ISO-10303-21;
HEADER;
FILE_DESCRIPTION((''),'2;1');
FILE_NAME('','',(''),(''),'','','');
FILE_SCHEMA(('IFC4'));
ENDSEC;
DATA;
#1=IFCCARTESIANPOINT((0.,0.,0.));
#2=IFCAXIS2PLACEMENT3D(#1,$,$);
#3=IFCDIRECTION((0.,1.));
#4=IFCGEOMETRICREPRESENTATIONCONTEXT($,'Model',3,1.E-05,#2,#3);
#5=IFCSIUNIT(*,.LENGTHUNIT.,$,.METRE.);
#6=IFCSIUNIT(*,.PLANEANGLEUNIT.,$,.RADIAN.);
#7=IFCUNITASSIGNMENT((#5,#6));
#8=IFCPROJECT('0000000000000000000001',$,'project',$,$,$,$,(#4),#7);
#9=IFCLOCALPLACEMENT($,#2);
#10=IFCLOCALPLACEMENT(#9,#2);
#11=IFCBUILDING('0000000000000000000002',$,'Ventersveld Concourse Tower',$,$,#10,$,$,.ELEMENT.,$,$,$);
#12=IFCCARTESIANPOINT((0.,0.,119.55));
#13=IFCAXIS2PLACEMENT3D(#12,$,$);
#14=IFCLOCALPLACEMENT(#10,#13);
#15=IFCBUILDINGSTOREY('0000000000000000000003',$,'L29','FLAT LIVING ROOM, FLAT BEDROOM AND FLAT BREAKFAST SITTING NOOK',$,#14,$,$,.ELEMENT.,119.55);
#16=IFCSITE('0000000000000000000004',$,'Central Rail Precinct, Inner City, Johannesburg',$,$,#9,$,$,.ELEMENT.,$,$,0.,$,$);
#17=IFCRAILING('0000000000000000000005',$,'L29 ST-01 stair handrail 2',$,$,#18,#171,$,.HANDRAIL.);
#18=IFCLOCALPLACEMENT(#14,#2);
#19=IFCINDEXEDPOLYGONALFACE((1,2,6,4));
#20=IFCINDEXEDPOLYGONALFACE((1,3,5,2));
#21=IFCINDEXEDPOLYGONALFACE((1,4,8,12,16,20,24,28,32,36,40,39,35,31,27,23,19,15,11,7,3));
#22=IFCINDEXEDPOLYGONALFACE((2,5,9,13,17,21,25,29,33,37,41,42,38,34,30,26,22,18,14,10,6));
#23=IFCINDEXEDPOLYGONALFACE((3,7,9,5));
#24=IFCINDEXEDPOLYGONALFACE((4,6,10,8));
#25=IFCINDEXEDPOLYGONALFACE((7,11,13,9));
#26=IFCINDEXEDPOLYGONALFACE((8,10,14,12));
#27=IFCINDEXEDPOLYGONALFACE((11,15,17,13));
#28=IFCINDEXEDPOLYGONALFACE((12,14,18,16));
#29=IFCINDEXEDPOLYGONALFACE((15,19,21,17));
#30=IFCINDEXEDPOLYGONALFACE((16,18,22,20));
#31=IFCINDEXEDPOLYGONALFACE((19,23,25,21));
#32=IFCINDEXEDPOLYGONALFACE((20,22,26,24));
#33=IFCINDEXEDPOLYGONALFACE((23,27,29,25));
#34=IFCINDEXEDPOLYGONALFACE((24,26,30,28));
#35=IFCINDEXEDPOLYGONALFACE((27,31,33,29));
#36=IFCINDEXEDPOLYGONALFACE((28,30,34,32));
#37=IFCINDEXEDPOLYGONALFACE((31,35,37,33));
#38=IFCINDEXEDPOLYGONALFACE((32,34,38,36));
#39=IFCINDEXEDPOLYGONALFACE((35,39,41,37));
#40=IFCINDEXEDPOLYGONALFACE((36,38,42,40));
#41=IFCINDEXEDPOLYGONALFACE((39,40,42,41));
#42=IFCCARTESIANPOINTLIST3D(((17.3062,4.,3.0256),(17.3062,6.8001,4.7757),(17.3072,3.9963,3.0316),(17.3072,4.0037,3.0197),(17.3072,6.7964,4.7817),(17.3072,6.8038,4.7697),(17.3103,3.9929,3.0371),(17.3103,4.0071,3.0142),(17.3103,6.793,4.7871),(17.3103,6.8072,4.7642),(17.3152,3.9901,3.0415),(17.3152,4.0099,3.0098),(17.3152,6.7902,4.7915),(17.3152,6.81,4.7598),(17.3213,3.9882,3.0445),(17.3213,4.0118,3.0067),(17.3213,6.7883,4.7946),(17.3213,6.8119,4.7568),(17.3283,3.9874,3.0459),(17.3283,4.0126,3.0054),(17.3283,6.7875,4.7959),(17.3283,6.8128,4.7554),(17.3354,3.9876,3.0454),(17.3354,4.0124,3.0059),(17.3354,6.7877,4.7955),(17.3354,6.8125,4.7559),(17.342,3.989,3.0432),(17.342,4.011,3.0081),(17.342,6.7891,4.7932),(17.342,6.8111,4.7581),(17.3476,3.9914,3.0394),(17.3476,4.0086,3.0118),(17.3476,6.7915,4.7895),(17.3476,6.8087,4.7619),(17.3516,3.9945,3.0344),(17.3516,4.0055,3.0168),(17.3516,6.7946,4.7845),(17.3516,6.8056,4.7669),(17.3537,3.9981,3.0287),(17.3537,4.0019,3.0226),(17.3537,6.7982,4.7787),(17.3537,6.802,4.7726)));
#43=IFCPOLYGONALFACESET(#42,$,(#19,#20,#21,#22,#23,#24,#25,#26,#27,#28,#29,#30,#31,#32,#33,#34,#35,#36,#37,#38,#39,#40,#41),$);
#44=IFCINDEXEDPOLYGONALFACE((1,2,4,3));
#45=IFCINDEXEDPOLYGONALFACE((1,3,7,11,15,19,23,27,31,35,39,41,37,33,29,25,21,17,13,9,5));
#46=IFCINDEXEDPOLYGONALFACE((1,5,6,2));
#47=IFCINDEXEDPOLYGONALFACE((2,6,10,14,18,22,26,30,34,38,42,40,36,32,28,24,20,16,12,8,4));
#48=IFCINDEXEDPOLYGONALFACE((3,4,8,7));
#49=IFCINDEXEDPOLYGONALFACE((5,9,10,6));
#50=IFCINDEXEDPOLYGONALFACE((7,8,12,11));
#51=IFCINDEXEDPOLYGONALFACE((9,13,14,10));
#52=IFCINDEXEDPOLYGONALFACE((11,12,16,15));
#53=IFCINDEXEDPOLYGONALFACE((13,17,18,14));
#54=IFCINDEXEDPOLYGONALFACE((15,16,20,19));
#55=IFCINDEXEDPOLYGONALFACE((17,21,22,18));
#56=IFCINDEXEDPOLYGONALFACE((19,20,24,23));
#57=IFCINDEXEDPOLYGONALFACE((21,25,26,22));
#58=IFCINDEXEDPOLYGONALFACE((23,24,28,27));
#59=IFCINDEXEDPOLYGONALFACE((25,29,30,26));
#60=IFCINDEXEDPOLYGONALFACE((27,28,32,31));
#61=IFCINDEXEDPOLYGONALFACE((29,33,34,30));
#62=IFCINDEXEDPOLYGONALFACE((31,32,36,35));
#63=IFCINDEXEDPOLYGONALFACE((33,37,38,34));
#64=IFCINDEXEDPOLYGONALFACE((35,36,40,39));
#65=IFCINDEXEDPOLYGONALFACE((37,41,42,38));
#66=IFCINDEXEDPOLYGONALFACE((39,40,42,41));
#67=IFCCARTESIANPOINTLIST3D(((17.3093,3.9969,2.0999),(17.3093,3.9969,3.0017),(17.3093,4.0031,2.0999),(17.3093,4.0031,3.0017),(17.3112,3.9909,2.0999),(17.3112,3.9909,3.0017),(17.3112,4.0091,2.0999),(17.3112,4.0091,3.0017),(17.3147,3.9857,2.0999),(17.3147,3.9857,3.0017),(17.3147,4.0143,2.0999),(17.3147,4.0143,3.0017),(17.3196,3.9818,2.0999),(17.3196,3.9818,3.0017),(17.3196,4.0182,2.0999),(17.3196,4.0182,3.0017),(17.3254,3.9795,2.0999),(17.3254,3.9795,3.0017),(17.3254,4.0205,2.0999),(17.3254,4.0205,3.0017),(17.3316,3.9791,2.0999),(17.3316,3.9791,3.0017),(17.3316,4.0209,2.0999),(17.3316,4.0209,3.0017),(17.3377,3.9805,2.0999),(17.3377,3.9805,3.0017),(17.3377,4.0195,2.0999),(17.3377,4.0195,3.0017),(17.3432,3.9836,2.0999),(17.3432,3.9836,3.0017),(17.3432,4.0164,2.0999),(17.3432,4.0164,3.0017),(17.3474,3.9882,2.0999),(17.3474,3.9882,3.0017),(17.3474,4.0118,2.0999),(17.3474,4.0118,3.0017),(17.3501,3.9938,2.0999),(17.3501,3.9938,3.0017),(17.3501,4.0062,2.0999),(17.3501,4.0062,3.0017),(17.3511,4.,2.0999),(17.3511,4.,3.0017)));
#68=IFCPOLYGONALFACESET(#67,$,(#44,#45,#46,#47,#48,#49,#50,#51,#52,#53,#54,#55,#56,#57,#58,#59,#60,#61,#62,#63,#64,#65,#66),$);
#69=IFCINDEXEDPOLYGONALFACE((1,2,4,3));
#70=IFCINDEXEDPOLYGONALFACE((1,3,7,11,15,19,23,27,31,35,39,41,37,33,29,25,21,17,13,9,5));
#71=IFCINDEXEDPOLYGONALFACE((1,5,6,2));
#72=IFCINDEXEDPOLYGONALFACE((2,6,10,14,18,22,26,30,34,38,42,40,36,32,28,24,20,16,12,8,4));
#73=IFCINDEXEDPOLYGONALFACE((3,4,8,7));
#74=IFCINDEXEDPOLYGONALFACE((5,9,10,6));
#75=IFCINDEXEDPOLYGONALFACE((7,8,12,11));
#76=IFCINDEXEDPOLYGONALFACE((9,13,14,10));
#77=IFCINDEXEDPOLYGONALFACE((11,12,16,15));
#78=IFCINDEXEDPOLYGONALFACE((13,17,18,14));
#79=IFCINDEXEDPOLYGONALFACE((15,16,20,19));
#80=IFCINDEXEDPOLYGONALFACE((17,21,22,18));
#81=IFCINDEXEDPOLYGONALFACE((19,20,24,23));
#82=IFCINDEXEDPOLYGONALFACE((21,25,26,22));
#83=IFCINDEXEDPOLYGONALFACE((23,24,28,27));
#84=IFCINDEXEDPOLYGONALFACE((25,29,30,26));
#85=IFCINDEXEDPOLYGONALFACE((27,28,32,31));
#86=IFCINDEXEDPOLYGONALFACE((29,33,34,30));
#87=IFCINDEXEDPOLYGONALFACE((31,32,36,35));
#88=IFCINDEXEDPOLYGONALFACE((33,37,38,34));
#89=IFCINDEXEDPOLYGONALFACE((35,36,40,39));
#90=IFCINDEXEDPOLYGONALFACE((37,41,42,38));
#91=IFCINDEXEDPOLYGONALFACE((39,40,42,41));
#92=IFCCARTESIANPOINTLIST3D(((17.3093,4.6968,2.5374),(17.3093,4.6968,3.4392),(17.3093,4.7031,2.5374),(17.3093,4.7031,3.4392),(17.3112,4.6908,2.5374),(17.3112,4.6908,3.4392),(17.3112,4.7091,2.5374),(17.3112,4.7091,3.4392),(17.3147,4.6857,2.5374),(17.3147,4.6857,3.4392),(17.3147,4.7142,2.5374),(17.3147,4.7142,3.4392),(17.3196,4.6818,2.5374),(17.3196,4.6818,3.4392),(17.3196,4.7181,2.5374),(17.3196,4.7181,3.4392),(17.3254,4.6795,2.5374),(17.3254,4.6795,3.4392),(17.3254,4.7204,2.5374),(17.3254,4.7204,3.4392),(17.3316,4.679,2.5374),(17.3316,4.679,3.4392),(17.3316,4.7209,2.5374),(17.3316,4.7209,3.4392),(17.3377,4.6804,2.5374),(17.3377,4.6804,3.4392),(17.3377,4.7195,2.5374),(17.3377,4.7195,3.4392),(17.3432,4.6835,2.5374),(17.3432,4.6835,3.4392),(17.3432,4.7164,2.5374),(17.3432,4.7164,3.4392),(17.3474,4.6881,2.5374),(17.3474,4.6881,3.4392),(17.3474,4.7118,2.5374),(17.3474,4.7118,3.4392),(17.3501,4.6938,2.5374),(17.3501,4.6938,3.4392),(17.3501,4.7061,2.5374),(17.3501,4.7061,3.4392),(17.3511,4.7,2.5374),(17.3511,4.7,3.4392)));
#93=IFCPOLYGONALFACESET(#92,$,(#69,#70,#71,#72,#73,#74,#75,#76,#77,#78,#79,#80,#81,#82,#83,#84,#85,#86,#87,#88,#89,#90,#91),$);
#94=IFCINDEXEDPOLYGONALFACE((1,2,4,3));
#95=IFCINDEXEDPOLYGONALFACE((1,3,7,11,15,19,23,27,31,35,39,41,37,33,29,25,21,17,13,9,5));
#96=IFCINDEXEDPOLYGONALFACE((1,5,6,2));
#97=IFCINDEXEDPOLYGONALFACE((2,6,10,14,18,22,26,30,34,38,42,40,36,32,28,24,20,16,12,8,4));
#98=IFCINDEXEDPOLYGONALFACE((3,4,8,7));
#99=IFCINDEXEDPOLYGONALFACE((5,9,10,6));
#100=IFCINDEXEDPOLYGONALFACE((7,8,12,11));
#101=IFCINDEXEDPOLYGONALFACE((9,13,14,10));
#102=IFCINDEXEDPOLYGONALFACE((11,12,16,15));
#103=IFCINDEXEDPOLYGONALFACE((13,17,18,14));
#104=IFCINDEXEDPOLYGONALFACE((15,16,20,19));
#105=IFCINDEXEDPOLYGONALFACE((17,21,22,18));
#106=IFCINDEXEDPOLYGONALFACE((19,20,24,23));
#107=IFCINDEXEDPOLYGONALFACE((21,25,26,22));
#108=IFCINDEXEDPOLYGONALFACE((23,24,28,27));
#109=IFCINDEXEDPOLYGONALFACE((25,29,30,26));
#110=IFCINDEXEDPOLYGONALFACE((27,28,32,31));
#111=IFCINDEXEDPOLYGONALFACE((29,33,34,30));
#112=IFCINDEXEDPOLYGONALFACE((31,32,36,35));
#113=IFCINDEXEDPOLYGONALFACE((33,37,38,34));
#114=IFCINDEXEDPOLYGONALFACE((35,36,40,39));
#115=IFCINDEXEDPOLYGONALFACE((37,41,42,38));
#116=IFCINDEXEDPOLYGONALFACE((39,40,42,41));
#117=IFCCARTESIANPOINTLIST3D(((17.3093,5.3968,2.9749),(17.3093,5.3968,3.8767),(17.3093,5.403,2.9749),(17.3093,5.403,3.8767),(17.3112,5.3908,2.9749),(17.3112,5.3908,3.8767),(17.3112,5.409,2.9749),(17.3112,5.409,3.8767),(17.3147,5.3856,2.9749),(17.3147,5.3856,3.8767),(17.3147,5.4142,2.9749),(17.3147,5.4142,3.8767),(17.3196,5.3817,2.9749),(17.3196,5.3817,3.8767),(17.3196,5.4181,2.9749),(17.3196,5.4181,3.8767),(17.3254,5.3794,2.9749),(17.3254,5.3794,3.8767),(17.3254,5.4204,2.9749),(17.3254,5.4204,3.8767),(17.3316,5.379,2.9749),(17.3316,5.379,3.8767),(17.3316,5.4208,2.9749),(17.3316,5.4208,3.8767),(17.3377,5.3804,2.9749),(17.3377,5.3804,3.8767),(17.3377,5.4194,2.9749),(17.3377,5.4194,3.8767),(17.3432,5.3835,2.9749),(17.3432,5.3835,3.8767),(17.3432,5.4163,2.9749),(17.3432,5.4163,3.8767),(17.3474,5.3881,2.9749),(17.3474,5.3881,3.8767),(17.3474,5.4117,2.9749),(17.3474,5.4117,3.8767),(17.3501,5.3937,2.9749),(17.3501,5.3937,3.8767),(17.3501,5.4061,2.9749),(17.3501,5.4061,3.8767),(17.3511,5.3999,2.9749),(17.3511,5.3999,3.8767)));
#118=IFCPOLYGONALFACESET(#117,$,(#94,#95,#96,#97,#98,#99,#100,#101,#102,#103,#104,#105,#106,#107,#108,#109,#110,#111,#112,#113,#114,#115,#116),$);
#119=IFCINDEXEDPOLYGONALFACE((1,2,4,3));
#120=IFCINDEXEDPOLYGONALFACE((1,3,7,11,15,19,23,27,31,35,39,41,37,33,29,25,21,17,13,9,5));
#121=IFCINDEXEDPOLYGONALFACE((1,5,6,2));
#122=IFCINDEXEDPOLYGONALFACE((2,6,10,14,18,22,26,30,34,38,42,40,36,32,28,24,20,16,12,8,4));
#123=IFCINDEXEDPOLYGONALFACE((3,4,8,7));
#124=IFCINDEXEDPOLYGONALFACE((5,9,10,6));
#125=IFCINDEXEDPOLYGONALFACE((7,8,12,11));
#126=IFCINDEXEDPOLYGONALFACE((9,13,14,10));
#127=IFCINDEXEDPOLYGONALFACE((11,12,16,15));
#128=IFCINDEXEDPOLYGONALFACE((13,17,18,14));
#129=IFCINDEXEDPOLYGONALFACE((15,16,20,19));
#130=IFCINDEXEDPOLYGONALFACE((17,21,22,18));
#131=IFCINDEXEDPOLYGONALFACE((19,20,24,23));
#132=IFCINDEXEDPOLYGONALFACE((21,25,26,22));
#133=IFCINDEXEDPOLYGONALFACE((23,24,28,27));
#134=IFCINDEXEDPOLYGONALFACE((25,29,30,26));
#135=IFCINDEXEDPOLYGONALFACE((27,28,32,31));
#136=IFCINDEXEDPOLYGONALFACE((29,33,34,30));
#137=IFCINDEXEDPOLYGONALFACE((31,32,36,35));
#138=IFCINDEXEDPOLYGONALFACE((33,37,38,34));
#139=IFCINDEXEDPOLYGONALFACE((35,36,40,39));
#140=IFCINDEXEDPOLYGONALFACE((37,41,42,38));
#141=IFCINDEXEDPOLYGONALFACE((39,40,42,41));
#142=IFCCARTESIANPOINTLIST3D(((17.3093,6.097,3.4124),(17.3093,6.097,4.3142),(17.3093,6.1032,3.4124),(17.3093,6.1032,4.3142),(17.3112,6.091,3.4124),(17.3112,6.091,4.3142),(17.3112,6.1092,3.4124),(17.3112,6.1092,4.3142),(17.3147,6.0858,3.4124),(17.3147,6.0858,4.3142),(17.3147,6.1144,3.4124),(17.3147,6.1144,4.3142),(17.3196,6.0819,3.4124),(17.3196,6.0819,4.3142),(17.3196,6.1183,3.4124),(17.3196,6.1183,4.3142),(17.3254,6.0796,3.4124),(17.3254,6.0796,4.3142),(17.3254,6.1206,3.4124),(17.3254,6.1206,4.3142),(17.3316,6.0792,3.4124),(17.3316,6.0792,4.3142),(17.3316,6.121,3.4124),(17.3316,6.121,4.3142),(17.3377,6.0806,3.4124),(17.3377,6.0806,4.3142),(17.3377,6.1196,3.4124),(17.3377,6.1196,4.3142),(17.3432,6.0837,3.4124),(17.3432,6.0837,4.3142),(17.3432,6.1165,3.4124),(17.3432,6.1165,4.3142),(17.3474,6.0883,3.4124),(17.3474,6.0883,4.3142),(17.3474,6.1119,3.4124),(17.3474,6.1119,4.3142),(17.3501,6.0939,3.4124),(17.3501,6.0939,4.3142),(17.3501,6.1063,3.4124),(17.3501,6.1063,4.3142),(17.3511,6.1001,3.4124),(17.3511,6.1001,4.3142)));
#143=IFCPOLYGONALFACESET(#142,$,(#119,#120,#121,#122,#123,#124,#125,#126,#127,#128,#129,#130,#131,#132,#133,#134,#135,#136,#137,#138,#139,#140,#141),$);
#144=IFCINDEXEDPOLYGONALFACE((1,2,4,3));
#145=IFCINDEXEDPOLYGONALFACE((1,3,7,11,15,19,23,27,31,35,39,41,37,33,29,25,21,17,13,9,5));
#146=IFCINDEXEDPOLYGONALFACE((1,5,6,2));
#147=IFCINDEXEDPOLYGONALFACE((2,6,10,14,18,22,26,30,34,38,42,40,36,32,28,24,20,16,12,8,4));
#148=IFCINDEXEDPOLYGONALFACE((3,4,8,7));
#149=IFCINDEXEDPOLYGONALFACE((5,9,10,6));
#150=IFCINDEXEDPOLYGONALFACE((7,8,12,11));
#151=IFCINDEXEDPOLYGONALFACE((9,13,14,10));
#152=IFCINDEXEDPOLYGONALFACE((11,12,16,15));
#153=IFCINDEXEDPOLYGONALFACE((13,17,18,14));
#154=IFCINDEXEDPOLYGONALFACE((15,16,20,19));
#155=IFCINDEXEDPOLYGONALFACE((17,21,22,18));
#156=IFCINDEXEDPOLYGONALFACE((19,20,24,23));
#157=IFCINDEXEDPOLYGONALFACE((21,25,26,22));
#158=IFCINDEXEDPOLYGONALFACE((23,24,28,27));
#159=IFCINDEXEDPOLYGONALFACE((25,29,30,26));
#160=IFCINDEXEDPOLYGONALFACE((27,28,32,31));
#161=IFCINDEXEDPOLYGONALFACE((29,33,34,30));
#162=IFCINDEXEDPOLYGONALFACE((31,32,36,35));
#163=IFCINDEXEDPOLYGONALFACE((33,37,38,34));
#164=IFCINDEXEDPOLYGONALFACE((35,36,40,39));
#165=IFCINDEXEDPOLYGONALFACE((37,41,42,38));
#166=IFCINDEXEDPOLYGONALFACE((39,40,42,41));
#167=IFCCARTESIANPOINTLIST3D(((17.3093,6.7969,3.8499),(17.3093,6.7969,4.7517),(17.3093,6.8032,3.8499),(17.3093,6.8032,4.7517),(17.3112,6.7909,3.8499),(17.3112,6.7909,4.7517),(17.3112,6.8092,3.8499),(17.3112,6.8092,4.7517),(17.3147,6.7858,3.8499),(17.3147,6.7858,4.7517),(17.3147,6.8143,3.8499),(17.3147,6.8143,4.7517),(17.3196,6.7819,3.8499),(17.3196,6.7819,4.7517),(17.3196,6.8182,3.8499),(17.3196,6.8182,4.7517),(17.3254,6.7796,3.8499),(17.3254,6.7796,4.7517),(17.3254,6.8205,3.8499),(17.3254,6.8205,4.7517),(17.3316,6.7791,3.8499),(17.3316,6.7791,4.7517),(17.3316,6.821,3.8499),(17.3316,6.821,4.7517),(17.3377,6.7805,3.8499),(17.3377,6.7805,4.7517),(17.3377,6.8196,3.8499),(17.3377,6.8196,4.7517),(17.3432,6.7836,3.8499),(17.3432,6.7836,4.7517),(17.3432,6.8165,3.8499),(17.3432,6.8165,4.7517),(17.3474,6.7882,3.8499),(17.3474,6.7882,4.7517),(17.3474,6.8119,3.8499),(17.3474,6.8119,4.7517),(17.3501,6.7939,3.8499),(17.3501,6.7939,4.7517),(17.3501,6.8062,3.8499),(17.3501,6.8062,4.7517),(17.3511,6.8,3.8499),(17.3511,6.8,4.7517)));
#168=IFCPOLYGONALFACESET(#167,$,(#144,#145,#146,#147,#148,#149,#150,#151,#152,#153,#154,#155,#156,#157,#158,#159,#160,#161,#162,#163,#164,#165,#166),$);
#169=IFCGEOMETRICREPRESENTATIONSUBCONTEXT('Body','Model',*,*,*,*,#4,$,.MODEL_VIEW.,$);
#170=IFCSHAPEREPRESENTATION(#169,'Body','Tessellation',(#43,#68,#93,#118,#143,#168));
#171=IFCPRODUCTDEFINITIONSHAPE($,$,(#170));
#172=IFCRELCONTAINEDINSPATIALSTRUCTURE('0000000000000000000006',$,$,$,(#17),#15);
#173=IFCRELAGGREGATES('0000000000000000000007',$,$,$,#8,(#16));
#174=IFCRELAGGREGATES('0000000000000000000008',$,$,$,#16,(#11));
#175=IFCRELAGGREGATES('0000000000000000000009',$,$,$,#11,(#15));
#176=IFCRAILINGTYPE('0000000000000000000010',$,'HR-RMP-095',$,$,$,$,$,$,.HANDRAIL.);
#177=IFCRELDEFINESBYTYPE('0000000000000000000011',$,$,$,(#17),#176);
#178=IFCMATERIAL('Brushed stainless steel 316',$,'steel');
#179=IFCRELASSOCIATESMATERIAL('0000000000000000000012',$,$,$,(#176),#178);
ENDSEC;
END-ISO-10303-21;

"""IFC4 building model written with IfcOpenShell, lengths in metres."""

from ifc_helpers import new_model, si_unit, direction, frame, origin, origin_2d, place, context, subcontext, project, spatial, circle, extrude, material, type_object, element, save


model = new_model("IFC4")

# Units and contexts
model_context = context("Model", 3, precision=1e-05, world=origin(), true_north=direction((0.0, 1.0)))
body_context = subcontext(model_context, "Body", "Model", "MODEL_VIEW")
ifc_project = project(units=[si_unit("LENGTHUNIT", "METRE"), si_unit("PLANEANGLEUNIT", "RADIAN")], contexts=[model_context])

# Site, building, storey
site_placement = place(None, origin())
site = spatial("IfcSite", under=ifc_project, at=site_placement, Name="Central Rail Precinct, Inner City, Johannesburg", CompositionType="ELEMENT", RefElevation=0.0)
building_placement = place(site_placement, origin())
building = spatial("IfcBuilding", under=site, at=building_placement, Name="Ventersveld Concourse Tower", CompositionType="ELEMENT")
storey_placement = place(building_placement, frame((0.0, 0.0, 119.55)))
storey = spatial("IfcBuildingStorey", under=building, at=storey_placement, Name="L29", Description="FLAT LIVING ROOM, FLAT BEDROOM AND FLAT BREAKFAST SITTING NOOK", CompositionType="ELEMENT", Elevation=119.55)

# Shared definitions
ifc_material_1 = material(Name="Brushed stainless steel 316", Category="steel")

# Railing
railing_type_1 = type_object("IfcRailingType", Name="HR-RMP-095", PredefinedType="HANDRAIL", material=ifc_material_1)
railing_1_placement = place(storey_placement, frame((17.3301, 4.0, 2.0999)))
element("IfcRailing", 1, at=railing_1_placement, inside=storey, type_object=railing_type_1, Name="L29 ST-01 stair handrail 2", PredefinedType="HANDRAIL", context=body_context, shape_type="SweptSolid", body=[
    extrude(circle(Radius=0.0239, at=origin_2d()), frame((0.0, 0.0, 0.9258), z_axis=(0.0, 0.848002, 0.529992), x_axis=(-1.0, 0.0, 0.0)), (0.0, 0.0, 1.0), 3.302),
    extrude(circle(Radius=0.021, at=origin_2d()), origin(), (0.0, 0.0, 1.0), 0.9019),
    extrude(circle(Radius=0.021, at=origin_2d()), frame((0.0, 0.7, 0.4375)), (0.0, 0.0, 1.0), 0.9019),
    extrude(circle(Radius=0.021, at=origin_2d()), frame((0.0, 1.3999, 0.875)), (0.0, 0.0, 1.0), 0.9019),
    extrude(circle(Radius=0.021, at=origin_2d()), frame((0.0, 2.1001, 1.3125)), (0.0, 0.0, 1.0), 0.9019),
    extrude(circle(Radius=0.021, at=origin_2d()), frame((0.0, 2.8, 1.75)), (0.0, 0.0, 1.0), 0.9019),
])

save(model, "model.ifc")
